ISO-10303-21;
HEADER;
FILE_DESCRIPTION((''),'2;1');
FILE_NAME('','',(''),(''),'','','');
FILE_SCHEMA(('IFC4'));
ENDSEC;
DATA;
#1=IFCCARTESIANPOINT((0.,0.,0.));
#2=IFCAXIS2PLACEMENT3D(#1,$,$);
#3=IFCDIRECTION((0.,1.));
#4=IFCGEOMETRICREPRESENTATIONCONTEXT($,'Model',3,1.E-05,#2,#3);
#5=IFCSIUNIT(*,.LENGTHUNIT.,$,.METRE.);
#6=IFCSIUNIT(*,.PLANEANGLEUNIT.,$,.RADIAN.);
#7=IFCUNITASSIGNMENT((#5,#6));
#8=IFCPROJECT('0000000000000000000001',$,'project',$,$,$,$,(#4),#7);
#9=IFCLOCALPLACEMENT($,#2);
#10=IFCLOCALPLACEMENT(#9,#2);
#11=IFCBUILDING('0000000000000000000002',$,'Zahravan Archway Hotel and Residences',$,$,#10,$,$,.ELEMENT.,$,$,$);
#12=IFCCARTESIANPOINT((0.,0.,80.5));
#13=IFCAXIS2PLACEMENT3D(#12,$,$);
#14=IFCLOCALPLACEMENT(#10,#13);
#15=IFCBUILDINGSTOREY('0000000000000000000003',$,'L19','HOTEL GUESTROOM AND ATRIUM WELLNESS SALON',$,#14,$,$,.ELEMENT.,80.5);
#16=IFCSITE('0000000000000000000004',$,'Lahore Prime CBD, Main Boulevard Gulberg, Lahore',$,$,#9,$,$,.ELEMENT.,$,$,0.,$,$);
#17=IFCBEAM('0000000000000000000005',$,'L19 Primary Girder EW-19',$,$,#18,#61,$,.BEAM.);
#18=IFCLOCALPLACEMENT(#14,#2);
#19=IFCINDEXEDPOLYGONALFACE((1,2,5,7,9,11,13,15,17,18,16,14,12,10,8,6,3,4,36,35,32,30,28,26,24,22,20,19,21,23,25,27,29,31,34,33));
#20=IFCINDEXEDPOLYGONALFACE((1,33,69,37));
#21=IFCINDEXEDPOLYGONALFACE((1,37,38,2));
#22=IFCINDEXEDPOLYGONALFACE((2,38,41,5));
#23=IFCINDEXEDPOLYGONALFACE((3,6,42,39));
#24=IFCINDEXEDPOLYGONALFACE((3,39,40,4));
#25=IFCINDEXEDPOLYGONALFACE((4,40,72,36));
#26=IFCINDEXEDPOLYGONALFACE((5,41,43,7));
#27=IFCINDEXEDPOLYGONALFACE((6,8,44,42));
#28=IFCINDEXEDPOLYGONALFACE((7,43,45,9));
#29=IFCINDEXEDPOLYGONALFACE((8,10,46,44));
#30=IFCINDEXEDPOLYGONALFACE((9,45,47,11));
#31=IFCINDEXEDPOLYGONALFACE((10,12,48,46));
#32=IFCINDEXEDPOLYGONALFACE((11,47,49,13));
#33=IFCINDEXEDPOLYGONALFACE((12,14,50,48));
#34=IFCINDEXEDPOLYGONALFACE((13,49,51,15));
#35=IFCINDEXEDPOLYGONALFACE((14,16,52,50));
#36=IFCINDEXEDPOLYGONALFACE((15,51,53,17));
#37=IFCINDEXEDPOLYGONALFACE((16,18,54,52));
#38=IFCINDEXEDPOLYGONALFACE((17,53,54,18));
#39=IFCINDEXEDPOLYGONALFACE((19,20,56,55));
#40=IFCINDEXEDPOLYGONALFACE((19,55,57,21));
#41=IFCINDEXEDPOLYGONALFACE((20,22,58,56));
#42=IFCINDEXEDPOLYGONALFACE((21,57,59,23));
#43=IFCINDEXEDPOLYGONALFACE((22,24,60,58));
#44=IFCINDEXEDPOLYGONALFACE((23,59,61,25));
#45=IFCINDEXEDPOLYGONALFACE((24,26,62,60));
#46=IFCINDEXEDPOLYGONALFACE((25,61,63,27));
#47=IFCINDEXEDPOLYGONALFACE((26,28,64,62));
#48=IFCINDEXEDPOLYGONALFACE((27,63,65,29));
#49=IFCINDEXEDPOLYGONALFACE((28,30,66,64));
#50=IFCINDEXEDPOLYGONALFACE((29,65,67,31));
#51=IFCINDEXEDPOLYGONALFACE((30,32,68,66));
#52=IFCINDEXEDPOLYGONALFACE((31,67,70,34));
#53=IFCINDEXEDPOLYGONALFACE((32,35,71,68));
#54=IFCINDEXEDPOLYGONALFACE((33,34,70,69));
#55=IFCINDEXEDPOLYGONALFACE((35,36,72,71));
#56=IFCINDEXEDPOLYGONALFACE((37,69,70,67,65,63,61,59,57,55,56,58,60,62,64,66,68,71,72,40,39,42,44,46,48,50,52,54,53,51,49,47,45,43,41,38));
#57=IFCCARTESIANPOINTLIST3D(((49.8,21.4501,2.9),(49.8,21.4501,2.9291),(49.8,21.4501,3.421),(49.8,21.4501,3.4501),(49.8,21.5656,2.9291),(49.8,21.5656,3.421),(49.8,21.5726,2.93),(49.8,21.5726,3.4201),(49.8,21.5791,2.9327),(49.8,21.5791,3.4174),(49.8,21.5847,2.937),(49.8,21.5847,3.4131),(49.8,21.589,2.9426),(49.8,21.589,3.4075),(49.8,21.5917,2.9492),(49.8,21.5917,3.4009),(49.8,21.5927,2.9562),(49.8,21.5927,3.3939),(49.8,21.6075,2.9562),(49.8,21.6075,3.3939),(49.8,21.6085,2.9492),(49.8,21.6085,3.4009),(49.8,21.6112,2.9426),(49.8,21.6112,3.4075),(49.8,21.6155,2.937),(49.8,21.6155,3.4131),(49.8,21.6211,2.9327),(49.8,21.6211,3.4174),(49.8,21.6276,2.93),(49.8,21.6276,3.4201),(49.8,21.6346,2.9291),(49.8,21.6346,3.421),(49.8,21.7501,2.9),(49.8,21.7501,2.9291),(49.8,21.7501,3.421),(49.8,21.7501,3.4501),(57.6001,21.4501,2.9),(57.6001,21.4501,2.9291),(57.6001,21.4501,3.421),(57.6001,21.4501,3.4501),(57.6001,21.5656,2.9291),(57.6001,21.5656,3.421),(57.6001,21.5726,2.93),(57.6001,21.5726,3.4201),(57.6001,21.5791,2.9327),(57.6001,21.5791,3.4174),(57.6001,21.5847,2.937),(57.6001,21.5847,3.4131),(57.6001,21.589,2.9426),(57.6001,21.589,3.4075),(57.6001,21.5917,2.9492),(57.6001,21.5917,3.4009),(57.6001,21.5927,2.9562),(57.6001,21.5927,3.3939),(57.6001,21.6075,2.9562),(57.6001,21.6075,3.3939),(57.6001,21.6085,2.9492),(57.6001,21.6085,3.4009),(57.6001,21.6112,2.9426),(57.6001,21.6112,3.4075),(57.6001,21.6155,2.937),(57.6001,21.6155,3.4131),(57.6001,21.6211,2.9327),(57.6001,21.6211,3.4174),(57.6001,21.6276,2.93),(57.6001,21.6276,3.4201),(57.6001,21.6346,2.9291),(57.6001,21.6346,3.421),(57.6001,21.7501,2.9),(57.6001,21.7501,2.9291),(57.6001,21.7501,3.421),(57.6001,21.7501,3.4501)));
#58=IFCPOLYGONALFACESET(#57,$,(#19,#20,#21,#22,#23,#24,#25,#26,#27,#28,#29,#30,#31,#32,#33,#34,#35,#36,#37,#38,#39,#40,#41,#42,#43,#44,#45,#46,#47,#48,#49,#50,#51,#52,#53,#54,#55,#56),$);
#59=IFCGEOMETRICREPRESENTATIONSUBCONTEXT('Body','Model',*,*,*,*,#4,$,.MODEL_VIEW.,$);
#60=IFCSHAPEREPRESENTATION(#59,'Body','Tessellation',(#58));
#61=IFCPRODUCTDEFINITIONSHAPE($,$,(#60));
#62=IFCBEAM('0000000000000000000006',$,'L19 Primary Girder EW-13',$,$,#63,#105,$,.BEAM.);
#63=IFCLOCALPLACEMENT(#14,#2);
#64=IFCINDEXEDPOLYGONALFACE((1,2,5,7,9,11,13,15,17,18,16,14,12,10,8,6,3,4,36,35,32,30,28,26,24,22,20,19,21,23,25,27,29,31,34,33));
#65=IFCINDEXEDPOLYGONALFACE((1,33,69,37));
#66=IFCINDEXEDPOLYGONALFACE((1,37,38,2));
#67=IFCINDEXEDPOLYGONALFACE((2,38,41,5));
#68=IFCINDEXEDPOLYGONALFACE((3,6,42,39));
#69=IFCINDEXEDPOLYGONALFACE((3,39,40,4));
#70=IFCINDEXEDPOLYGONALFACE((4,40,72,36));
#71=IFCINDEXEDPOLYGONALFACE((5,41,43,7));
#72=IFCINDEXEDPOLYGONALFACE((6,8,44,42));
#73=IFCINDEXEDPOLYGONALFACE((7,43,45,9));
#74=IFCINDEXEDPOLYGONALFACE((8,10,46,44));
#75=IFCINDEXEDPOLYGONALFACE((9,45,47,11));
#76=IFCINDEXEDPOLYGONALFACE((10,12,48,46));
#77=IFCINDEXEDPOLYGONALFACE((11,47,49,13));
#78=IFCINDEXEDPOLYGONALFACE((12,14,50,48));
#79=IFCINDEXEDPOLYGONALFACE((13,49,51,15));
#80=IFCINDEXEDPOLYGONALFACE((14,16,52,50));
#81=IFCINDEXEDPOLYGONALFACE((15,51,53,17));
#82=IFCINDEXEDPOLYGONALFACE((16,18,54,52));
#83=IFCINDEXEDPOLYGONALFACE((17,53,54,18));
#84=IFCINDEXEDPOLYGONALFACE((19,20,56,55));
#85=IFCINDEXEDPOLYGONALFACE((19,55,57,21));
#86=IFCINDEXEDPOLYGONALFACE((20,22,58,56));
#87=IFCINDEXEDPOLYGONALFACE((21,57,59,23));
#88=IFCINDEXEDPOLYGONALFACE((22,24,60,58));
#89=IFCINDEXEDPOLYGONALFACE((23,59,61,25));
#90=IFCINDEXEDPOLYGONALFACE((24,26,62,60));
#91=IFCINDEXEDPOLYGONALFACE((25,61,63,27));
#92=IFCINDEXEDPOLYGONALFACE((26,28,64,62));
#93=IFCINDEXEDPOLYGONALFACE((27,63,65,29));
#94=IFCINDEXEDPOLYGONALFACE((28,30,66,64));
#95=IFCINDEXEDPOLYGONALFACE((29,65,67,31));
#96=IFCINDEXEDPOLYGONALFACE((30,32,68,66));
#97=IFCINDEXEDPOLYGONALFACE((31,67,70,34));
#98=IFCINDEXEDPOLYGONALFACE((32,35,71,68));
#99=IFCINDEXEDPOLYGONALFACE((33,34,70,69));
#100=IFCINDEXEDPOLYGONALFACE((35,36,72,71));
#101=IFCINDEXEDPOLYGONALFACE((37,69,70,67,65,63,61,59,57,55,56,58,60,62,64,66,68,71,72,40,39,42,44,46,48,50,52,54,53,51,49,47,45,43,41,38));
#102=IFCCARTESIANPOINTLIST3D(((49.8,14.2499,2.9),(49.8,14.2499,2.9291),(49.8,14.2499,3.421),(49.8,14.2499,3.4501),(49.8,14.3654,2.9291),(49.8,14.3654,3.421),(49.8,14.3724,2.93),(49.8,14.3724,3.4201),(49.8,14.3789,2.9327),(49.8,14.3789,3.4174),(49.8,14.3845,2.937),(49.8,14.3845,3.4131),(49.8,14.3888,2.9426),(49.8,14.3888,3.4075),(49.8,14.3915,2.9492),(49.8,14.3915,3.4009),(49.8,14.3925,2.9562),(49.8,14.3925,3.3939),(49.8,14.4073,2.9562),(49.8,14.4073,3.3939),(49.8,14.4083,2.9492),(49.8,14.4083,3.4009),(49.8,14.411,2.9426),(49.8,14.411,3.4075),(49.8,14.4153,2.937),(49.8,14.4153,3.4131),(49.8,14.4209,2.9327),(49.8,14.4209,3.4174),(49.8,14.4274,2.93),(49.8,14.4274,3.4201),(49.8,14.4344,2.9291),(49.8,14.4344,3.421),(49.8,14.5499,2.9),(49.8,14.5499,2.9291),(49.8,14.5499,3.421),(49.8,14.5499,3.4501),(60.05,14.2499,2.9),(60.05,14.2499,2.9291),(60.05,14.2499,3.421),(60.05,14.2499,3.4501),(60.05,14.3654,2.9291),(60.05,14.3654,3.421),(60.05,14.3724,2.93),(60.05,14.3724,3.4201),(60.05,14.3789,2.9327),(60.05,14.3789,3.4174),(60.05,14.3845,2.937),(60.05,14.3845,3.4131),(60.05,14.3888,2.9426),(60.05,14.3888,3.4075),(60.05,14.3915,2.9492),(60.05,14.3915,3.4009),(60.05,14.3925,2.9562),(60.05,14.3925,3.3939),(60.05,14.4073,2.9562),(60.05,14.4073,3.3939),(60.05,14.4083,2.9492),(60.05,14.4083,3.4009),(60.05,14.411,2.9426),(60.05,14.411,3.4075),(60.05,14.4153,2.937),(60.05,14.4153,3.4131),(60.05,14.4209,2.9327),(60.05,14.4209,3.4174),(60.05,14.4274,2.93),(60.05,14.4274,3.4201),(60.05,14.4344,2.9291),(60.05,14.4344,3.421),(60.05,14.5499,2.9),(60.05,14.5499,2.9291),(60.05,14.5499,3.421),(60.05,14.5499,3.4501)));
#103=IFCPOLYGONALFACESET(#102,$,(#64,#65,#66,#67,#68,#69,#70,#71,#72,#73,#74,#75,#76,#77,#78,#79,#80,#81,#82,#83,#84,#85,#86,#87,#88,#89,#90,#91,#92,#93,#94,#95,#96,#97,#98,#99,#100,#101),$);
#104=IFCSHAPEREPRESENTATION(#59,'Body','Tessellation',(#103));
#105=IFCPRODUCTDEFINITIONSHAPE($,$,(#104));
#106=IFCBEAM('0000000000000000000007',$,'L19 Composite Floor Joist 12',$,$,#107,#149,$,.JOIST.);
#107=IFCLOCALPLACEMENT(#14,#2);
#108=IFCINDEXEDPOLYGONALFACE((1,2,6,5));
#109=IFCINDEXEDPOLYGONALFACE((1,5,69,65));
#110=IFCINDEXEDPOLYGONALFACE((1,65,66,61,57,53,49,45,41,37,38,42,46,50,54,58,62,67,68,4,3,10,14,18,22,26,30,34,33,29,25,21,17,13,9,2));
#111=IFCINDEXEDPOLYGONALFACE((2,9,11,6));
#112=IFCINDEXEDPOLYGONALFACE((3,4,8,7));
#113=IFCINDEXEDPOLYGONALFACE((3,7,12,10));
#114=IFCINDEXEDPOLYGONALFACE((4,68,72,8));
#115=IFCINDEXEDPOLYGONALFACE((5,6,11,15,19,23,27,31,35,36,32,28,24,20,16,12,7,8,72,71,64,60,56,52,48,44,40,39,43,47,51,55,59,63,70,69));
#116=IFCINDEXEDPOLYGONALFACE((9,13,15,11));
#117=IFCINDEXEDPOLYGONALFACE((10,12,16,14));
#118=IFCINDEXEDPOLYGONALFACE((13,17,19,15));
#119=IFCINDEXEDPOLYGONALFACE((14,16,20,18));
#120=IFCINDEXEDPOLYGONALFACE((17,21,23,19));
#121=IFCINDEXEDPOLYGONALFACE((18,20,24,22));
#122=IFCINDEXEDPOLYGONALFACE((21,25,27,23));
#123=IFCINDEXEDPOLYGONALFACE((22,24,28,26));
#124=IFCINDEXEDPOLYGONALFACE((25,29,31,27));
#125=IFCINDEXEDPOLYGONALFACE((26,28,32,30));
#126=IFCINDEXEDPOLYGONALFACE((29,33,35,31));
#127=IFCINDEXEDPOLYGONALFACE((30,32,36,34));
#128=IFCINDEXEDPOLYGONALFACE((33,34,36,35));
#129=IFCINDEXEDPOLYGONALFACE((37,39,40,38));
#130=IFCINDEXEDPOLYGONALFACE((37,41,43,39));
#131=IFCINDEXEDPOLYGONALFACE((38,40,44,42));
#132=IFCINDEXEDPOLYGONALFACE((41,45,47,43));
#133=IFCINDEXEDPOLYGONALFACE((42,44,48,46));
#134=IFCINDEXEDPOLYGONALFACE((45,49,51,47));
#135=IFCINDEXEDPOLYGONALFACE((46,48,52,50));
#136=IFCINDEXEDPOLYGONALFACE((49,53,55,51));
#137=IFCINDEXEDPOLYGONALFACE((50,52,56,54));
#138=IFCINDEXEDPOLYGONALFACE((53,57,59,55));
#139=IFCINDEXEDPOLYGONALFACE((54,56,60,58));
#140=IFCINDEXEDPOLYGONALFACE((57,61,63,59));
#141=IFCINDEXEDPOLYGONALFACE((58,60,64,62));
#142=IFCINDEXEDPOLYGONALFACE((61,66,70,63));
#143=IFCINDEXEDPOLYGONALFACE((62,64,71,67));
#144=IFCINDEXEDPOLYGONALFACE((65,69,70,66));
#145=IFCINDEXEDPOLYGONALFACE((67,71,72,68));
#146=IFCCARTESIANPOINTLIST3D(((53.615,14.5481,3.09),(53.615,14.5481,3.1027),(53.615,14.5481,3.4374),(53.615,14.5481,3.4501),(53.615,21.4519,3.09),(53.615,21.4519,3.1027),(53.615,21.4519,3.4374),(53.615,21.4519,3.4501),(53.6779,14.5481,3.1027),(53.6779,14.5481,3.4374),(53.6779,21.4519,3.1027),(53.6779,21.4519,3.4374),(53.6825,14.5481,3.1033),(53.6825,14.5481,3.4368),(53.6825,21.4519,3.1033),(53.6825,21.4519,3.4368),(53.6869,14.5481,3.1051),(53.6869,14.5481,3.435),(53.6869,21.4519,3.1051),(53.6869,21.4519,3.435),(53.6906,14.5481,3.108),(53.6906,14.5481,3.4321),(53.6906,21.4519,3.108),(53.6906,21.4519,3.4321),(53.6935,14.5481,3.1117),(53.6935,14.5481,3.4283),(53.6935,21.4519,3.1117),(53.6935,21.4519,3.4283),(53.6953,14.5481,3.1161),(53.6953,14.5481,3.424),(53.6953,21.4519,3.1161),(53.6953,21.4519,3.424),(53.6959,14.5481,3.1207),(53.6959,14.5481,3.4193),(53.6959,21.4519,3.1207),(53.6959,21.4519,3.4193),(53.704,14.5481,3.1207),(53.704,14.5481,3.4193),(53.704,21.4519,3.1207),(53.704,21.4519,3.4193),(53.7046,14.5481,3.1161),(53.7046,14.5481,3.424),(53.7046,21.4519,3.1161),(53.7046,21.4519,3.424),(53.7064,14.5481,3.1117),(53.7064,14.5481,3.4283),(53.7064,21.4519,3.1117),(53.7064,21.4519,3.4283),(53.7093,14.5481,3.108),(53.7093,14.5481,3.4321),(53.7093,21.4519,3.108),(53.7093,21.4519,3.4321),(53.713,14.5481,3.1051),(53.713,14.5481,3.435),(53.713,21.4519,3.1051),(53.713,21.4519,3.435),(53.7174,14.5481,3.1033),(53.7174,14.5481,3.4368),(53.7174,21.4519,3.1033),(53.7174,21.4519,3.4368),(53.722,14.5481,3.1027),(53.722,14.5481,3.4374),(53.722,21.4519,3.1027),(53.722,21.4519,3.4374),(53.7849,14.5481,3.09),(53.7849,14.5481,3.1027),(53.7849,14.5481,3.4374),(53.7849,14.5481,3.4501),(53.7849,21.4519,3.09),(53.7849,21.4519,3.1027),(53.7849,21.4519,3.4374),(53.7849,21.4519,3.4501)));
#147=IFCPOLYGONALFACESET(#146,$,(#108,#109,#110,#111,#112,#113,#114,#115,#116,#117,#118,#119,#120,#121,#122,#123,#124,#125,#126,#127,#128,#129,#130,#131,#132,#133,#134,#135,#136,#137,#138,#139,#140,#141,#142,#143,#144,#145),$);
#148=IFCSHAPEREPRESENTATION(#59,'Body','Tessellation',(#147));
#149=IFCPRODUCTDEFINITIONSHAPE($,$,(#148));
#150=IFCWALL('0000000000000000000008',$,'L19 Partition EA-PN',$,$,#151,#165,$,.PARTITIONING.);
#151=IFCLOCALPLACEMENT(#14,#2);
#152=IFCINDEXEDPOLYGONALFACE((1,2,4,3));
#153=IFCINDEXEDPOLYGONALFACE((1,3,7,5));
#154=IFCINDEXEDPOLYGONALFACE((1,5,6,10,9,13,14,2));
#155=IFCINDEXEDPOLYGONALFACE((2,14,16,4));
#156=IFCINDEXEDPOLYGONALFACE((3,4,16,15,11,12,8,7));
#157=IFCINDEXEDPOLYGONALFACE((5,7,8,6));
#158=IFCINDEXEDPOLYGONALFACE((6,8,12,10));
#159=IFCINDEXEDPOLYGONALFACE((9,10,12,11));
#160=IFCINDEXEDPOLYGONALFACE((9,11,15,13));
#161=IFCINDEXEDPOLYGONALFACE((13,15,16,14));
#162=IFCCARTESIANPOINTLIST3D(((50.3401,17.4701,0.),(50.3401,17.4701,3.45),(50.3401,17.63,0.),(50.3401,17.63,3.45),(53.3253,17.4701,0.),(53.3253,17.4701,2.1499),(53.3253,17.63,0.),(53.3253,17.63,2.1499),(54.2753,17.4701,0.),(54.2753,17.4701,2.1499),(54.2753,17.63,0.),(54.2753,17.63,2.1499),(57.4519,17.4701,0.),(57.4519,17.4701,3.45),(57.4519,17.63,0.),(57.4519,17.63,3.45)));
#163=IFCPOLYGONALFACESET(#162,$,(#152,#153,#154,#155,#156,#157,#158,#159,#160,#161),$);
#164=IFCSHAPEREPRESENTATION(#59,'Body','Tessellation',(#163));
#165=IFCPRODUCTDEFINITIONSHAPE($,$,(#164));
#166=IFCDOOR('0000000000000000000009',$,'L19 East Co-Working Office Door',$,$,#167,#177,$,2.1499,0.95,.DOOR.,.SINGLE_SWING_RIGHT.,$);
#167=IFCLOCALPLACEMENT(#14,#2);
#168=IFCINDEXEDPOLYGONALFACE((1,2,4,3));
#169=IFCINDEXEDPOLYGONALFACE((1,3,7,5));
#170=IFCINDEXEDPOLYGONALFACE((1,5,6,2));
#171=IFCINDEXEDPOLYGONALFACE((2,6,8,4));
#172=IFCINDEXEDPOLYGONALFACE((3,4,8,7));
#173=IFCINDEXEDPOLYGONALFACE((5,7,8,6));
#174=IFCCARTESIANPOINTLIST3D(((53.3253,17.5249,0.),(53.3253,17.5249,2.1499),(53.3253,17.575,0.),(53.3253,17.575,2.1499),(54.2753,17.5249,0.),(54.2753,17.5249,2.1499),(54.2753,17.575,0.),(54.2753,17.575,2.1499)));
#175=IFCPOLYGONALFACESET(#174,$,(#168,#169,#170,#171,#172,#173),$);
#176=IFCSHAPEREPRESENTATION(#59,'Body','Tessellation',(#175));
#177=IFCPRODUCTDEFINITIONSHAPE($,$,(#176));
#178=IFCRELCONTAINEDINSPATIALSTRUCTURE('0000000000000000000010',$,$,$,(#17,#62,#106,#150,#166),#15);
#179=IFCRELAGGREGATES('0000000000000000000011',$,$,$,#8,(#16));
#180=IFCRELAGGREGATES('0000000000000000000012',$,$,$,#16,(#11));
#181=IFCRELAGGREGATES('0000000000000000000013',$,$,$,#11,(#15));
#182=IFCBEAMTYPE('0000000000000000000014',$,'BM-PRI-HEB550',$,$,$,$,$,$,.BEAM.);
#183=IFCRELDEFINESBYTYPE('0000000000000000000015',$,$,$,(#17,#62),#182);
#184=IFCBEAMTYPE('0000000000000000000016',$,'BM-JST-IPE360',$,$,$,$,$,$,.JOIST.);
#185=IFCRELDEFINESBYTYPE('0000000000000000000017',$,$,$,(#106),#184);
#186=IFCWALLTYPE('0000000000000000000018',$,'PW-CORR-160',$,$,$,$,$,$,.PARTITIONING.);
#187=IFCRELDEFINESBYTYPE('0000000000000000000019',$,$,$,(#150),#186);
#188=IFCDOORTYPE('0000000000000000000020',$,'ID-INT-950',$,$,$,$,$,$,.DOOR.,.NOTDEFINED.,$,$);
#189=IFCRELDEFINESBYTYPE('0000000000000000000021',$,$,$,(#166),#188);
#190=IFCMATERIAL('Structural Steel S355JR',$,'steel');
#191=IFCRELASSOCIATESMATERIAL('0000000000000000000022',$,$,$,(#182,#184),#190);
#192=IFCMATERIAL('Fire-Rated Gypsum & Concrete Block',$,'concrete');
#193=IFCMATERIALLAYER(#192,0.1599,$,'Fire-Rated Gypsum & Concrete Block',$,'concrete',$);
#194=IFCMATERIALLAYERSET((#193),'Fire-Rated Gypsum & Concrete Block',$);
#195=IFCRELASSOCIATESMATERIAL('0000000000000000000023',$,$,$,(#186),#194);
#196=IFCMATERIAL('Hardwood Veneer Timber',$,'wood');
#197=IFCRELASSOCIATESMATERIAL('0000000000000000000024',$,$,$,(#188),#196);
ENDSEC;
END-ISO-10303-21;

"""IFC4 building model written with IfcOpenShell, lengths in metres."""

from ifc_helpers import new_model, si_unit, direction, frame, frame_2d, origin, origin_2d, place, context, subcontext, project, spatial, rectangle, i_section, extrude, source, transform, mapped, material, layer, layer_set, material_profile, profile_set, type_object, type_shapes, element, fill, save


model = new_model("IFC4")

# Units and contexts
model_context = context("Model", 3, precision=1e-05, world=origin(), true_north=direction((0.0, 1.0)))
body_context = subcontext(model_context, "Body", "Model", "MODEL_VIEW")
ifc_project = project(units=[si_unit("LENGTHUNIT", "METRE"), si_unit("PLANEANGLEUNIT", "RADIAN")], contexts=[model_context])

# Site, building, storey
site_placement = place(None, origin())
site = spatial("IfcSite", under=ifc_project, at=site_placement, Name="Lahore Prime CBD, Main Boulevard Gulberg, Lahore", CompositionType="ELEMENT", RefElevation=0.0)
building_placement = place(site_placement, origin())
building = spatial("IfcBuilding", under=site, at=building_placement, Name="Zahravan Archway Hotel and Residences", CompositionType="ELEMENT")
storey_placement = place(building_placement, frame((0.0, 0.0, 80.5)))
storey = spatial("IfcBuildingStorey", under=building, at=storey_placement, Name="L19", Description="HOTEL GUESTROOM AND ATRIUM WELLNESS SALON", CompositionType="ELEMENT", Elevation=80.5)

# Beams
ifc_material_1 = material(Name="Structural Steel S355JR", Category="steel")
ifc_material_profile_1 = material_profile(ifc_material_1, i_section(OverallWidth=0.3, OverallDepth=0.55, WebThickness=0.0149, FlangeThickness=0.0291, FilletRadius=0.0271, at=origin_2d()), Name="HEB 550", Category="steel")
ifc_profile_set_1 = profile_set([ifc_material_profile_1], Name="Structural Steel S355JR")
beam_type_1 = type_object("IfcBeamType", Name="BM-PRI-HEB550", PredefinedType="BEAM", material=ifc_profile_set_1)
shared_shape_1 = source(origin(), body_context, "Body", "SweptSolid", [
    extrude(i_section(OverallWidth=0.3, OverallDepth=0.55, WebThickness=0.0149, FlangeThickness=0.0291, FilletRadius=0.0271, at=origin_2d()), origin(), (0.0, 0.0, 1.0), 7.8),
])
for number, where, z_axis, x_axis, name in (
    (1, (49.8, 21.6001, 3.175), (1.0, 0.0, 0.0), (0.0, 1.0, 0.0), "L19 Primary Girder EW-19"),
):
    element("IfcBeam", number, at=place(storey_placement, frame(where, z_axis=z_axis, x_axis=x_axis)), inside=storey, type_object=beam_type_1, Name=name, PredefinedType="BEAM", context=body_context, shape_type="MappedRepresentation", body=[
        mapped(shared_shape_1, transform((0.0, 0.0, 0.0), scale=1.0)),
    ])
shared_shape_2 = source(origin(), body_context, "Body", "SweptSolid", [
    extrude(i_section(OverallWidth=0.3, OverallDepth=0.55, WebThickness=0.0149, FlangeThickness=0.0291, FilletRadius=0.0271, at=origin_2d()), origin(), (0.0, 0.0, 1.0), 10.25),
])
beam_1_placement = place(storey_placement, frame((49.8, 14.3999, 3.175), z_axis=(1.0, 0.0, 0.0), x_axis=(0.0, 1.0, 0.0)))
element("IfcBeam", 2, at=beam_1_placement, inside=storey, type_object=beam_type_1, Name="L19 Primary Girder EW-13", PredefinedType="BEAM", context=body_context, shape_type="MappedRepresentation", body=[
    mapped(shared_shape_2, transform((0.0, 0.0, 0.0), scale=1.0)),
])
ifc_material_profile_2 = material_profile(ifc_material_1, i_section(OverallWidth=0.1699, OverallDepth=0.3601, WebThickness=0.0081, FlangeThickness=0.0127, FilletRadius=0.0181, at=origin_2d()), Name="IPE 360", Category="steel")
ifc_profile_set_2 = profile_set([ifc_material_profile_2], Name="Structural Steel S355JR")
beam_type_2 = type_object("IfcBeamType", Name="BM-JST-IPE360", PredefinedType="JOIST", material=ifc_profile_set_2)
shared_shape_3 = source(origin(), body_context, "Body", "SweptSolid", [
    extrude(i_section(OverallWidth=0.1699, OverallDepth=0.3601, WebThickness=0.0081, FlangeThickness=0.0127, FilletRadius=0.0181, at=origin_2d()), origin(), (0.0, 0.0, 1.0), 6.9038),
])
beam_2_placement = place(storey_placement, frame((53.7, 14.5481, 3.27), z_axis=(0.0, 1.0, 0.0), x_axis=(-1.0, 0.0, 0.0)))
element("IfcBeam", 3, at=beam_2_placement, inside=storey, type_object=beam_type_2, Name="L19 Composite Floor Joist 12", PredefinedType="JOIST", context=body_context, shape_type="MappedRepresentation", body=[
    mapped(shared_shape_3, transform((0.0, 0.0, 0.0), scale=1.0)),
])

# Wall, opening, door
ifc_material_2 = material(Name="Fire-Rated Gypsum & Concrete Block", Category="concrete")
ifc_layer_1 = layer(ifc_material_2, 0.1599, Name="Fire-Rated Gypsum & Concrete Block", Category="concrete")
ifc_layer_set_1 = layer_set([ifc_layer_1], Name="Fire-Rated Gypsum & Concrete Block")
wall_type_1 = type_object("IfcWallType", Name="PW-CORR-160", PredefinedType="PARTITIONING", material=ifc_layer_set_1)
wall_1_placement = place(storey_placement, frame((50.3401, 17.55, 0.0), z_axis=(0.0, 0.0, 1.0), x_axis=(1.0, 0.0, 0.0)))
wall_1 = element("IfcWall", 4, at=wall_1_placement, inside=storey, type_object=wall_type_1, Name="L19 Partition EA-PN", PredefinedType="PARTITIONING", context=body_context, shape_type="SweptSolid", body=[
    extrude(rectangle(XDim=7.1118, YDim=0.1599, at=frame_2d((3.5559, 0.0))), origin(), (0.0, 0.0, 1.0), 3.45),
])
opening_1_placement = place(wall_1_placement, frame((2.9851, 0.0, 0.0)))
opening_1 = element("IfcOpeningElement", 5, at=opening_1_placement, cuts=wall_1, PredefinedType="OPENING", context=body_context, shape_type="SweptSolid", body=[
    extrude(rectangle(XDim=0.95, YDim=2.1499, at=frame_2d((0.4751, 1.075))), frame((0.0, 0.0898, 0.0), z_axis=(0.0, -1.0, 0.0), x_axis=(1.0, 0.0, 0.0)), (0.0, 0.0, 1.0), 0.1799),
])
ifc_material_3 = material(Name="Hardwood Veneer Timber", Category="wood")
door_type_1 = type_object("IfcDoorType", Name="ID-INT-950", OperationType="NOTDEFINED", PredefinedType="DOOR", material=ifc_material_3)
shared_shape_4 = source(origin(), body_context, "Body", "SweptSolid", [
    extrude(rectangle(XDim=0.95, YDim=2.1499, at=frame_2d((0.4751, 1.075))), frame((0.0, 0.0249, 0.0), z_axis=(0.0, -1.0, 0.0), x_axis=(1.0, 0.0, 0.0)), (0.0, 0.0, 1.0), 0.05),
])
type_shapes(door_type_1, [shared_shape_4])
door_1_placement = place(opening_1_placement, origin())
door_1 = element("IfcDoor", 6, at=door_1_placement, inside=storey, type_object=door_type_1, Name="L19 East Co-Working Office Door", OperationType="SINGLE_SWING_RIGHT", OverallHeight=2.1499, OverallWidth=0.95, PredefinedType="DOOR", context=body_context, shape_type="MappedRepresentation", body=[
    mapped(shared_shape_4, transform((0.0, 0.0, 0.0), scale=1.0)),
])
fill(opening_1, door_1)

save(model, "model.ifc")
